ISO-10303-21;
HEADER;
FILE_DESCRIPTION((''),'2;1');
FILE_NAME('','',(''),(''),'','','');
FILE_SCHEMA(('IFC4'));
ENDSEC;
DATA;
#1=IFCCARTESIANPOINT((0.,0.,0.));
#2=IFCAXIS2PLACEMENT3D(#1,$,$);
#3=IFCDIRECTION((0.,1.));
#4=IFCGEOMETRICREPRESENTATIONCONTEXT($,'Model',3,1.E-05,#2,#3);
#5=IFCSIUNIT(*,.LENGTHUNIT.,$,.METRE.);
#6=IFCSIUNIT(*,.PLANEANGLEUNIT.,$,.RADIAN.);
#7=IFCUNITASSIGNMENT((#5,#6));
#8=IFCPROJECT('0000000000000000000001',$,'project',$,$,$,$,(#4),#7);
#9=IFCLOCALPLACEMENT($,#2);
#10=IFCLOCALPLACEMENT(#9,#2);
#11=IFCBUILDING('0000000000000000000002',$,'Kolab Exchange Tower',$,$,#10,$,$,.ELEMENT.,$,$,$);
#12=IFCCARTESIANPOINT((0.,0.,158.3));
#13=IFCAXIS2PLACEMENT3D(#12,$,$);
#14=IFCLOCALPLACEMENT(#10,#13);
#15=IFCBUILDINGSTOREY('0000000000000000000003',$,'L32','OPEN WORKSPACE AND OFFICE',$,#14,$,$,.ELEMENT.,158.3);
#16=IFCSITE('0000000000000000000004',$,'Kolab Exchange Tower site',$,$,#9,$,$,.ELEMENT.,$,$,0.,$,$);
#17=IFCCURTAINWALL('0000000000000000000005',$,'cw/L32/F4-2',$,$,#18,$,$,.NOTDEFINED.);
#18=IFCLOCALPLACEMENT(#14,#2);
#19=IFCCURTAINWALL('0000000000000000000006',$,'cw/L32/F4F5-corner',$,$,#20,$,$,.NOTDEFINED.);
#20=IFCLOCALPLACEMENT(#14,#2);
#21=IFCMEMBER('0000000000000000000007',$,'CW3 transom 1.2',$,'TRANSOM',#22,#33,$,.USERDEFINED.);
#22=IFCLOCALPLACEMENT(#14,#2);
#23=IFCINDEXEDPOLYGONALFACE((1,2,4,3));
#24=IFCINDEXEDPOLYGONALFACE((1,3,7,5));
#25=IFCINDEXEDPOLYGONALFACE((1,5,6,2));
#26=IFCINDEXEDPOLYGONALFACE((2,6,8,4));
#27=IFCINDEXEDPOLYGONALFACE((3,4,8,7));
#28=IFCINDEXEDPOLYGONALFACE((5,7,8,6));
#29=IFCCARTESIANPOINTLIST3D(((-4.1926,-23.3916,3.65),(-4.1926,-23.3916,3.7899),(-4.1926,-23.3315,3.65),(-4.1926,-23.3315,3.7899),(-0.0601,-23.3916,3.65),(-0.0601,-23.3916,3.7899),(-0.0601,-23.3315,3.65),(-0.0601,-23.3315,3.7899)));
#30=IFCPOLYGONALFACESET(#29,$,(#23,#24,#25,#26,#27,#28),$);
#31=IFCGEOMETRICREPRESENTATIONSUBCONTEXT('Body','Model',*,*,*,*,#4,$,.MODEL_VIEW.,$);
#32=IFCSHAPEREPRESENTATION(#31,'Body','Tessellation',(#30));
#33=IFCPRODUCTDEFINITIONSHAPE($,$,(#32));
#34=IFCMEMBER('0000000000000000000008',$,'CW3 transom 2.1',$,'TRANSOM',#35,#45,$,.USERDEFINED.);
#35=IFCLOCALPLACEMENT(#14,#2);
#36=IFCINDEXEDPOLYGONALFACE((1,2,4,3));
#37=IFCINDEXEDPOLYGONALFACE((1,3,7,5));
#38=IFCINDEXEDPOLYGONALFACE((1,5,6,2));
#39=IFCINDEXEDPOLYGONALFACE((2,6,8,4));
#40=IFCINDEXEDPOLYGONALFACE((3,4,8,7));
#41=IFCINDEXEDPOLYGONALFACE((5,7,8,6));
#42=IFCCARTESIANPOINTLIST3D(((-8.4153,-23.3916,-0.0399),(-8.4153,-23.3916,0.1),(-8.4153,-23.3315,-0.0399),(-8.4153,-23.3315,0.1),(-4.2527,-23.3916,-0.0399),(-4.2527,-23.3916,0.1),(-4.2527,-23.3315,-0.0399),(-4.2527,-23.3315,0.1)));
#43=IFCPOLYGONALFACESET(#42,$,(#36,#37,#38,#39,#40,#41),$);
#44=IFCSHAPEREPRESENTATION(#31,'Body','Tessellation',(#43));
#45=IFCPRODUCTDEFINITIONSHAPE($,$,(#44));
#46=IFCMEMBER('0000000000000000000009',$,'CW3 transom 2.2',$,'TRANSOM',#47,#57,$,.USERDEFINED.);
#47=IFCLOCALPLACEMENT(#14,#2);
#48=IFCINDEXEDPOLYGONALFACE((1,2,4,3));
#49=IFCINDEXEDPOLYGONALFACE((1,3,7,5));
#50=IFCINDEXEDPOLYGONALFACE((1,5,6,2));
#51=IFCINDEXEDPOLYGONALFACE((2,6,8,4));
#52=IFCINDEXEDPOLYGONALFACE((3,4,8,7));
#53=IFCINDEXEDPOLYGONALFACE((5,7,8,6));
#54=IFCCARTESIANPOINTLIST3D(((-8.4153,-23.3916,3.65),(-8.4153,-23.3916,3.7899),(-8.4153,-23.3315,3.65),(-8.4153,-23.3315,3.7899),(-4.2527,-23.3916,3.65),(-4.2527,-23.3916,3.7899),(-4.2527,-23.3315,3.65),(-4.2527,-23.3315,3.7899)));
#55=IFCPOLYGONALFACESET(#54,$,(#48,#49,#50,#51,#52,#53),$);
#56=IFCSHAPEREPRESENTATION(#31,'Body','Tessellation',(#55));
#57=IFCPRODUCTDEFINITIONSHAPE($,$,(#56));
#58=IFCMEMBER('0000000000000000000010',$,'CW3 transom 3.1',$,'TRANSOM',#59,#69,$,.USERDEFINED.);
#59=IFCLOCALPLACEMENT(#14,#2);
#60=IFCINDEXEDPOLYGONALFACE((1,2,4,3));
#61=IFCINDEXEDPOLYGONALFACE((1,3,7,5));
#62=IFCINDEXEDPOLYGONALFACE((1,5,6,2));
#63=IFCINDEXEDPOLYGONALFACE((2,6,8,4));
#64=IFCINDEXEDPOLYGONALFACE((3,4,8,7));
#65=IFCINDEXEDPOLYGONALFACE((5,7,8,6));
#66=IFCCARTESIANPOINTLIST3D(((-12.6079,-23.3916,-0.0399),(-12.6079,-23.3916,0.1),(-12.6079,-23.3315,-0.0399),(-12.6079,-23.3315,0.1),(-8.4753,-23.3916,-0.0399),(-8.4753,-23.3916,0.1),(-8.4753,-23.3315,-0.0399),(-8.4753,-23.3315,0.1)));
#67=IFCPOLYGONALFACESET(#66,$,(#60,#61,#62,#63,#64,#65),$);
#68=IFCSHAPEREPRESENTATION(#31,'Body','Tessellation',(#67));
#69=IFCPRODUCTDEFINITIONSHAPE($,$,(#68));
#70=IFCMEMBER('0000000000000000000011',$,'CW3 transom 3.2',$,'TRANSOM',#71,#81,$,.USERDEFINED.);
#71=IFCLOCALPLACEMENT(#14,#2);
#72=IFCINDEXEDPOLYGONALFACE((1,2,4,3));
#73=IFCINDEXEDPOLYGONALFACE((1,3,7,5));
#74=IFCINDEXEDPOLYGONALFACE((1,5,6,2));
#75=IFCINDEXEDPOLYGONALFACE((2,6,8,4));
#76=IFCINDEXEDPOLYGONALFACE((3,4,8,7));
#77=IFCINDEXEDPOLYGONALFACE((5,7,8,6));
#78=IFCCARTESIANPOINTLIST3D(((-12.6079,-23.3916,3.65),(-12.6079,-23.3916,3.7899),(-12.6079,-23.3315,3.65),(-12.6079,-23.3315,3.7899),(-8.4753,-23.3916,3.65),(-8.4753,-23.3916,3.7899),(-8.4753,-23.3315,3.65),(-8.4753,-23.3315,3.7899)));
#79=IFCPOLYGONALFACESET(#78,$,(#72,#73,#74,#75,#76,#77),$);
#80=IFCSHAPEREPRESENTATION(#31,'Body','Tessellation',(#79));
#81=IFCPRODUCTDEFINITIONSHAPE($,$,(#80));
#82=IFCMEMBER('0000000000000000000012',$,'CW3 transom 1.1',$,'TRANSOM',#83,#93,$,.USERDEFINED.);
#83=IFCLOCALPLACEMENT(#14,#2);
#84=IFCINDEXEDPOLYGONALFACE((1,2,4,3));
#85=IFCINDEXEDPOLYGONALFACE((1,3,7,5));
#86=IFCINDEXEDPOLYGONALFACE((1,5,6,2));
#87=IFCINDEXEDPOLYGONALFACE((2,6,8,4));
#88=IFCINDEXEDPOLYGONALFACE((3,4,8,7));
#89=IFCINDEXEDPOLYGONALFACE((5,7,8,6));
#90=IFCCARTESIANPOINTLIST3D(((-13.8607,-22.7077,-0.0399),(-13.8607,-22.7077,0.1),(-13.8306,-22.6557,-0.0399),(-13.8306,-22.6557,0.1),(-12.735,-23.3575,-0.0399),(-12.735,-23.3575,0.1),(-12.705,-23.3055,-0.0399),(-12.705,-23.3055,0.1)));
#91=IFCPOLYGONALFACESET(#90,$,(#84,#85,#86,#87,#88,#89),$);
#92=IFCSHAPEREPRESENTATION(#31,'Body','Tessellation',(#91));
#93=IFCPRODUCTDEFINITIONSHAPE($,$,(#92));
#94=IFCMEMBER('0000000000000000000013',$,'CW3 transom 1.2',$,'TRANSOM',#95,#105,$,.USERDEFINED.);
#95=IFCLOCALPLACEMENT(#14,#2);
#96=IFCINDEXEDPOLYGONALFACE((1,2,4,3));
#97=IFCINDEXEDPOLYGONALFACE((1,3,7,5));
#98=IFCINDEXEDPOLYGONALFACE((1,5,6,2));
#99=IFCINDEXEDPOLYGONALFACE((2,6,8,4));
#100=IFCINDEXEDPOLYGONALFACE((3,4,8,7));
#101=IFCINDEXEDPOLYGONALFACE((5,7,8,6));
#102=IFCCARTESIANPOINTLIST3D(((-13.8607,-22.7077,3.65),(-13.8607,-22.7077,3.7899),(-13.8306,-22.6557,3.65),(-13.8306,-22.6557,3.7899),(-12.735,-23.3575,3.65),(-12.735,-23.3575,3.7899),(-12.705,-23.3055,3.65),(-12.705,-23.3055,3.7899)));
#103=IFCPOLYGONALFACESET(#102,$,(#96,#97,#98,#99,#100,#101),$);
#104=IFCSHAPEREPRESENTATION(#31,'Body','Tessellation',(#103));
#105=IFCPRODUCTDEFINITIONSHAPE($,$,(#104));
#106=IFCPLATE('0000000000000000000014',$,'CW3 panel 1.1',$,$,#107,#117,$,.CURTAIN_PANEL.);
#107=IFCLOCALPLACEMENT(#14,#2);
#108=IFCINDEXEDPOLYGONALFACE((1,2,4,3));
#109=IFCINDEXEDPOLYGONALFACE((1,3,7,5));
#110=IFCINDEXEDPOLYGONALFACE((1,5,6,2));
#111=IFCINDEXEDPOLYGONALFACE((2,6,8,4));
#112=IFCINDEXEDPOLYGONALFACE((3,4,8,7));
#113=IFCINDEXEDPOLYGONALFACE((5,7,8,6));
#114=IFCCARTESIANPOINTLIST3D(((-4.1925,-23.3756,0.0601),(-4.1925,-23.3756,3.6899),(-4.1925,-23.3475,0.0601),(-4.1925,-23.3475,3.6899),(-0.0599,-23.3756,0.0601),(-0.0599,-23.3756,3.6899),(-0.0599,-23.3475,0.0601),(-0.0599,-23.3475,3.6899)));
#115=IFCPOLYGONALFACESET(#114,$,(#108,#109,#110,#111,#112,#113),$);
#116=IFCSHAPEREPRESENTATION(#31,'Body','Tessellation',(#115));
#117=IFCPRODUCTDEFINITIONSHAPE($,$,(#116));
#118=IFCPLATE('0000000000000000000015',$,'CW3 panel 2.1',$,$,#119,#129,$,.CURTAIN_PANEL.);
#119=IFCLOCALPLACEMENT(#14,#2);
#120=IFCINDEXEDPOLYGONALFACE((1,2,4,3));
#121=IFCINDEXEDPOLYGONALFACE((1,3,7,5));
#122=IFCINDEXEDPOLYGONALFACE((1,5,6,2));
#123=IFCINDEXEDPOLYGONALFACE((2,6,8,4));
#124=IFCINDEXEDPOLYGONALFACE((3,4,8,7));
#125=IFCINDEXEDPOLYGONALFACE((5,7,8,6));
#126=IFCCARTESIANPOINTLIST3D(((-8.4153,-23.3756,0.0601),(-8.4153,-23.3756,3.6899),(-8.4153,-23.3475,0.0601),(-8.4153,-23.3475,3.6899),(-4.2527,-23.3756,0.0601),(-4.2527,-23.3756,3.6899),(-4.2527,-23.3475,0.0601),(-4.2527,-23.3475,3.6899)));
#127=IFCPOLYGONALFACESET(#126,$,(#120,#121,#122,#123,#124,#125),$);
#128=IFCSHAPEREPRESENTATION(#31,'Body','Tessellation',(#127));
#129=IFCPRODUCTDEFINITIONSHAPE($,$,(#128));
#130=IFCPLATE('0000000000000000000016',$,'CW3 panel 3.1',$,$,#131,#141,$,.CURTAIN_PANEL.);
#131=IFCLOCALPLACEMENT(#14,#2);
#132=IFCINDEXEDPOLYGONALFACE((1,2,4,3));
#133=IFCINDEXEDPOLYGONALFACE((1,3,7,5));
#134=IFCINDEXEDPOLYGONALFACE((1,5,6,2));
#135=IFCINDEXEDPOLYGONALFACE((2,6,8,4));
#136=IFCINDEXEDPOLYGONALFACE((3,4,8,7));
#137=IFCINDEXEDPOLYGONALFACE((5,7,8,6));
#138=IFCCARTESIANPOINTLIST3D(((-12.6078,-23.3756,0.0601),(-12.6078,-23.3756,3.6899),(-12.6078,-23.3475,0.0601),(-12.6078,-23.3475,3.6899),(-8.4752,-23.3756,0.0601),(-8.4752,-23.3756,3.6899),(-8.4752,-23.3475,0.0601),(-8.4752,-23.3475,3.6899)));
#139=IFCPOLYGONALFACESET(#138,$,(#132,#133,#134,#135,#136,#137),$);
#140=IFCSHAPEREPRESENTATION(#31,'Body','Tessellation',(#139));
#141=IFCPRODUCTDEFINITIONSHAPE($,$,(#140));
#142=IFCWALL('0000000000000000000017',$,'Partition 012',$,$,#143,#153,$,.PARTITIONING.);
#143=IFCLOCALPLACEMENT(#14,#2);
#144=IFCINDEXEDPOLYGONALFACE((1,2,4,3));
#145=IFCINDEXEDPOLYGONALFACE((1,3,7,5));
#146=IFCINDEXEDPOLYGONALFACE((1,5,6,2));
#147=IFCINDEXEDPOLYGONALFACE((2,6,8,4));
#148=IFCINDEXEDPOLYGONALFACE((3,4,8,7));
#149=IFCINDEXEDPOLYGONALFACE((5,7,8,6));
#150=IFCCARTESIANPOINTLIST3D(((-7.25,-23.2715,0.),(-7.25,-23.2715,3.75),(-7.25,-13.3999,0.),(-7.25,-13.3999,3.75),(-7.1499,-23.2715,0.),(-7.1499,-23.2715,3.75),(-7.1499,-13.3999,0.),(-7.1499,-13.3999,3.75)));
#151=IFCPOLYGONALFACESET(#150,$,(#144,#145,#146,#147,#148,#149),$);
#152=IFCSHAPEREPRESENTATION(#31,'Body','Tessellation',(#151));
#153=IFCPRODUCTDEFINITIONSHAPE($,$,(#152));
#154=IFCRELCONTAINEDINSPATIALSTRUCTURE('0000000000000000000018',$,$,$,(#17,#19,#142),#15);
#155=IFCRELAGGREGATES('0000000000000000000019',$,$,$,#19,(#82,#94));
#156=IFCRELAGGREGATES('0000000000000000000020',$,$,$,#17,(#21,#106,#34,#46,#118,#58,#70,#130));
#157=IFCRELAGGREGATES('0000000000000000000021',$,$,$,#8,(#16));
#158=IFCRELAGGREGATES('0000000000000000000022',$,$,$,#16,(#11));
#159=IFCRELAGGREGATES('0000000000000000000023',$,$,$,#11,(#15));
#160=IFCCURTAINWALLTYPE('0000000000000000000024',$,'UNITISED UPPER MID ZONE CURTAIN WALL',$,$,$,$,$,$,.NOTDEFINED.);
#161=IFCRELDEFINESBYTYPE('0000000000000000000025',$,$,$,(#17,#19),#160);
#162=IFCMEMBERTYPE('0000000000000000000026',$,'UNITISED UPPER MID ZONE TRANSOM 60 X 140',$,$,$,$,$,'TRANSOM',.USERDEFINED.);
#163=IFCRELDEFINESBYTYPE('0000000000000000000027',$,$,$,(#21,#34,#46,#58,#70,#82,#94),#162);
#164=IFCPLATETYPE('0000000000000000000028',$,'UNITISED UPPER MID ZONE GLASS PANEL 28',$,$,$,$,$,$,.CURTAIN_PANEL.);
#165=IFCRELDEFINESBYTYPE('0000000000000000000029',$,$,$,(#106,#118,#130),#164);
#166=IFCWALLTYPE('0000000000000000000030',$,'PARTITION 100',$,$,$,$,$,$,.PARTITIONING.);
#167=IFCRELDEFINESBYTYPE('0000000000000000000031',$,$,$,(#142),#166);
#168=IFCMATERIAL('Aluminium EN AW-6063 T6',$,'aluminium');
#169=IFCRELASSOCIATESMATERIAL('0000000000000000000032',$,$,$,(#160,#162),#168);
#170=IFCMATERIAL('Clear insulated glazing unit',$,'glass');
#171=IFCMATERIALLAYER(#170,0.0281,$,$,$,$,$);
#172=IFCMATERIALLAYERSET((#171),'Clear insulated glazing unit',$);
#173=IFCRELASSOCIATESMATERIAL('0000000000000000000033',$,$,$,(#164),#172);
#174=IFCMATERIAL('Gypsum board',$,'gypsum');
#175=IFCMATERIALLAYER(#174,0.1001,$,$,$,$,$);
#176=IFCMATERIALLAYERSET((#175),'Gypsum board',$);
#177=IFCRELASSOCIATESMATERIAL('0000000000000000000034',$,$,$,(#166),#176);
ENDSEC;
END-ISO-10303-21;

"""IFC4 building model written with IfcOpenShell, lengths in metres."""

from ifc_helpers import new_model, si_unit, direction, frame, frame_2d, origin, origin_2d, place, context, subcontext, project, spatial, rectangle, extrude, material, layer, layer_set, material_profile, profile_set, type_object, element, aggregate, save


model = new_model("IFC4")

# Units and contexts
model_context = context("Model", 3, precision=1e-05, world=origin(), true_north=direction((0.0, 1.0)))
body_context = subcontext(model_context, "Body", "Model", "MODEL_VIEW")
ifc_project = project(units=[si_unit("LENGTHUNIT", "METRE"), si_unit("PLANEANGLEUNIT", "RADIAN")], contexts=[model_context])

# Site, building, storey
site_placement = place(None, origin())
site = spatial("IfcSite", under=ifc_project, at=site_placement, Name="Kolab Exchange Tower site", CompositionType="ELEMENT", RefElevation=0.0)
building_placement = place(site_placement, origin())
building = spatial("IfcBuilding", under=site, at=building_placement, Name="Kolab Exchange Tower", CompositionType="ELEMENT")
storey_placement = place(building_placement, frame((0.0, 0.0, 158.3)))
storey = spatial("IfcBuildingStorey", under=building, at=storey_placement, Name="L32", Description="OPEN WORKSPACE AND OFFICE", CompositionType="ELEMENT", Elevation=158.3)

# Curtain wall
ifc_material_1 = material(Name="Aluminium EN AW-6063 T6", Category="aluminium")
curtain_wall_type = type_object("IfcCurtainWallType", Name="UNITISED UPPER MID ZONE CURTAIN WALL", PredefinedType="NOTDEFINED", material=ifc_material_1)
curtain_wall_1_placement = place(storey_placement, origin())
curtain_wall_1 = element("IfcCurtainWall", 1, at=curtain_wall_1_placement, inside=storey, type_object=curtain_wall_type, Name="cw/L32/F4-2", PredefinedType="NOTDEFINED")

# Curtain wall
curtain_wall_2_placement = place(storey_placement, origin())
curtain_wall_2 = element("IfcCurtainWall", 2, at=curtain_wall_2_placement, inside=storey, type_object=curtain_wall_type, Name="cw/L32/F4F5-corner", PredefinedType="NOTDEFINED")

# Members
ifc_material_profile_1 = material_profile(ifc_material_1, rectangle(XDim=0.0601, YDim=0.1399, at=origin_2d()), Name="RECT 60X140")
ifc_profile_set_1 = profile_set([ifc_material_profile_1], Name="Aluminium EN AW-6063 T6")
member_type_1 = type_object("IfcMemberType", Name="UNITISED UPPER MID ZONE TRANSOM 60 X 140", ElementType="TRANSOM", PredefinedType="USERDEFINED", material=ifc_profile_set_1)
member_1_placement = place(storey_placement, frame((-0.0601, -23.3616, 3.72), z_axis=(-1.0, 0.0, 0.0), x_axis=(0.0, -1.0, 0.0)))
member_1 = element("IfcMember", 3, at=member_1_placement, type_object=member_type_1, Name="CW3 transom 1.2", ObjectType="TRANSOM", PredefinedType="USERDEFINED", context=body_context, shape_type="SweptSolid", body=[
    extrude(rectangle(XDim=0.0601, YDim=0.1399, at=origin_2d()), origin(), (0.0, 0.0, 1.0), 4.1326),
])
member_2_placement = place(storey_placement, frame((-4.2527, -23.3616, 0.03), z_axis=(-1.0, 0.0, 0.0), x_axis=(0.0, -1.0, 0.0)))
member_2 = element("IfcMember", 4, at=member_2_placement, type_object=member_type_1, Name="CW3 transom 2.1", ObjectType="TRANSOM", PredefinedType="USERDEFINED", context=body_context, shape_type="SweptSolid", body=[
    extrude(rectangle(XDim=0.0601, YDim=0.1399, at=origin_2d()), origin(), (0.0, 0.0, 1.0), 4.1626),
])
member_3_placement = place(storey_placement, frame((-4.2527, -23.3616, 3.72), z_axis=(-1.0, 0.0, 0.0), x_axis=(0.0, -1.0, 0.0)))
member_3 = element("IfcMember", 5, at=member_3_placement, type_object=member_type_1, Name="CW3 transom 2.2", ObjectType="TRANSOM", PredefinedType="USERDEFINED", context=body_context, shape_type="SweptSolid", body=[
    extrude(rectangle(XDim=0.0601, YDim=0.1399, at=origin_2d()), origin(), (0.0, 0.0, 1.0), 4.1626),
])
member_4_placement = place(storey_placement, frame((-8.4753, -23.3616, 0.03), z_axis=(-1.0, 0.0, 0.0), x_axis=(0.0, -1.0, 0.0)))
member_4 = element("IfcMember", 6, at=member_4_placement, type_object=member_type_1, Name="CW3 transom 3.1", ObjectType="TRANSOM", PredefinedType="USERDEFINED", context=body_context, shape_type="SweptSolid", body=[
    extrude(rectangle(XDim=0.0601, YDim=0.1399, at=origin_2d()), origin(), (0.0, 0.0, 1.0), 4.1326),
])
member_5_placement = place(storey_placement, frame((-8.4753, -23.3616, 3.72), z_axis=(-1.0, 0.0, 0.0), x_axis=(0.0, -1.0, 0.0)))
member_5 = element("IfcMember", 7, at=member_5_placement, type_object=member_type_1, Name="CW3 transom 3.2", ObjectType="TRANSOM", PredefinedType="USERDEFINED", context=body_context, shape_type="SweptSolid", body=[
    extrude(rectangle(XDim=0.0601, YDim=0.1399, at=origin_2d()), origin(), (0.0, 0.0, 1.0), 4.1326),
])
member_6_placement = place(storey_placement, frame((-12.72, -23.3315, 0.03), z_axis=(-0.866039, 0.499977, 0.0), x_axis=(-0.499977, -0.866039, 0.0)))
member_6 = element("IfcMember", 8, at=member_6_placement, type_object=member_type_1, Name="CW3 transom 1.1", ObjectType="TRANSOM", PredefinedType="USERDEFINED", context=body_context, shape_type="SweptSolid", body=[
    extrude(rectangle(XDim=0.0601, YDim=0.1399, at=origin_2d()), origin(), (0.0, 0.0, 1.0), 1.2998),
])
member_7_placement = place(storey_placement, frame((-12.72, -23.3315, 3.72), z_axis=(-0.866039, 0.499977, 0.0), x_axis=(-0.499977, -0.866039, 0.0)))
member_7 = element("IfcMember", 9, at=member_7_placement, type_object=member_type_1, Name="CW3 transom 1.2", ObjectType="TRANSOM", PredefinedType="USERDEFINED", context=body_context, shape_type="SweptSolid", body=[
    extrude(rectangle(XDim=0.0601, YDim=0.1399, at=origin_2d()), origin(), (0.0, 0.0, 1.0), 1.2998),
])
aggregate(curtain_wall_2, [member_6, member_7])

# Plates
ifc_material_2 = material(Name="Clear insulated glazing unit", Category="glass")
ifc_layer_1 = layer(ifc_material_2, 0.0281)
ifc_layer_set_1 = layer_set([ifc_layer_1], Name="Clear insulated glazing unit")
plate_type = type_object("IfcPlateType", Name="UNITISED UPPER MID ZONE GLASS PANEL 28", PredefinedType="CURTAIN_PANEL", material=ifc_layer_set_1)
plate_1_placement = place(storey_placement, frame((-2.1262, -23.3616, 0.0601), z_axis=(0.0, 0.0, 1.0), x_axis=(-1.0, 0.0, 0.0)))
plate_1 = element("IfcPlate", 10, at=plate_1_placement, type_object=plate_type, Name="CW3 panel 1.1", PredefinedType="CURTAIN_PANEL", context=body_context, shape_type="SweptSolid", body=[
    extrude(rectangle(XDim=4.1326, YDim=0.0281, at=origin_2d()), origin(), (0.0, 0.0, 1.0), 3.6299),
])
plate_2_placement = place(storey_placement, frame((-6.334, -23.3616, 0.0601), z_axis=(0.0, 0.0, 1.0), x_axis=(-1.0, 0.0, 0.0)))
plate_2 = element("IfcPlate", 11, at=plate_2_placement, type_object=plate_type, Name="CW3 panel 2.1", PredefinedType="CURTAIN_PANEL", context=body_context, shape_type="SweptSolid", body=[
    extrude(rectangle(XDim=4.1626, YDim=0.0281, at=origin_2d()), origin(), (0.0, 0.0, 1.0), 3.6299),
])
plate_3_placement = place(storey_placement, frame((-10.5415, -23.3616, 0.0601), z_axis=(0.0, 0.0, 1.0), x_axis=(-1.0, 0.0, 0.0)))
plate_3 = element("IfcPlate", 12, at=plate_3_placement, type_object=plate_type, Name="CW3 panel 3.1", PredefinedType="CURTAIN_PANEL", context=body_context, shape_type="SweptSolid", body=[
    extrude(rectangle(XDim=4.1326, YDim=0.0281, at=origin_2d()), origin(), (0.0, 0.0, 1.0), 3.6299),
])
aggregate(curtain_wall_1, [member_1, plate_1, member_2, member_3, plate_2, member_4, member_5, plate_3])

# Wall
ifc_material_3 = material(Name="Gypsum board", Category="gypsum")
ifc_layer_2 = layer(ifc_material_3, 0.1001)
ifc_layer_set_2 = layer_set([ifc_layer_2], Name="Gypsum board")
wall_type = type_object("IfcWallType", Name="PARTITION 100", PredefinedType="PARTITIONING", material=ifc_layer_set_2)
wall_placement = place(storey_placement, frame((-7.2, -23.2715, 0.0), z_axis=(0.0, 0.0, 1.0), x_axis=(0.0, 1.0, 0.0)))
element("IfcWall", 13, at=wall_placement, inside=storey, type_object=wall_type, Name="Partition 012", PredefinedType="PARTITIONING", context=body_context, shape_type="SweptSolid", body=[
    extrude(rectangle(XDim=9.8716, YDim=0.1001, at=frame_2d((4.9358, 0.0))), origin(), (0.0, 0.0, 1.0), 3.75),
])

save(model, "model.ifc")
